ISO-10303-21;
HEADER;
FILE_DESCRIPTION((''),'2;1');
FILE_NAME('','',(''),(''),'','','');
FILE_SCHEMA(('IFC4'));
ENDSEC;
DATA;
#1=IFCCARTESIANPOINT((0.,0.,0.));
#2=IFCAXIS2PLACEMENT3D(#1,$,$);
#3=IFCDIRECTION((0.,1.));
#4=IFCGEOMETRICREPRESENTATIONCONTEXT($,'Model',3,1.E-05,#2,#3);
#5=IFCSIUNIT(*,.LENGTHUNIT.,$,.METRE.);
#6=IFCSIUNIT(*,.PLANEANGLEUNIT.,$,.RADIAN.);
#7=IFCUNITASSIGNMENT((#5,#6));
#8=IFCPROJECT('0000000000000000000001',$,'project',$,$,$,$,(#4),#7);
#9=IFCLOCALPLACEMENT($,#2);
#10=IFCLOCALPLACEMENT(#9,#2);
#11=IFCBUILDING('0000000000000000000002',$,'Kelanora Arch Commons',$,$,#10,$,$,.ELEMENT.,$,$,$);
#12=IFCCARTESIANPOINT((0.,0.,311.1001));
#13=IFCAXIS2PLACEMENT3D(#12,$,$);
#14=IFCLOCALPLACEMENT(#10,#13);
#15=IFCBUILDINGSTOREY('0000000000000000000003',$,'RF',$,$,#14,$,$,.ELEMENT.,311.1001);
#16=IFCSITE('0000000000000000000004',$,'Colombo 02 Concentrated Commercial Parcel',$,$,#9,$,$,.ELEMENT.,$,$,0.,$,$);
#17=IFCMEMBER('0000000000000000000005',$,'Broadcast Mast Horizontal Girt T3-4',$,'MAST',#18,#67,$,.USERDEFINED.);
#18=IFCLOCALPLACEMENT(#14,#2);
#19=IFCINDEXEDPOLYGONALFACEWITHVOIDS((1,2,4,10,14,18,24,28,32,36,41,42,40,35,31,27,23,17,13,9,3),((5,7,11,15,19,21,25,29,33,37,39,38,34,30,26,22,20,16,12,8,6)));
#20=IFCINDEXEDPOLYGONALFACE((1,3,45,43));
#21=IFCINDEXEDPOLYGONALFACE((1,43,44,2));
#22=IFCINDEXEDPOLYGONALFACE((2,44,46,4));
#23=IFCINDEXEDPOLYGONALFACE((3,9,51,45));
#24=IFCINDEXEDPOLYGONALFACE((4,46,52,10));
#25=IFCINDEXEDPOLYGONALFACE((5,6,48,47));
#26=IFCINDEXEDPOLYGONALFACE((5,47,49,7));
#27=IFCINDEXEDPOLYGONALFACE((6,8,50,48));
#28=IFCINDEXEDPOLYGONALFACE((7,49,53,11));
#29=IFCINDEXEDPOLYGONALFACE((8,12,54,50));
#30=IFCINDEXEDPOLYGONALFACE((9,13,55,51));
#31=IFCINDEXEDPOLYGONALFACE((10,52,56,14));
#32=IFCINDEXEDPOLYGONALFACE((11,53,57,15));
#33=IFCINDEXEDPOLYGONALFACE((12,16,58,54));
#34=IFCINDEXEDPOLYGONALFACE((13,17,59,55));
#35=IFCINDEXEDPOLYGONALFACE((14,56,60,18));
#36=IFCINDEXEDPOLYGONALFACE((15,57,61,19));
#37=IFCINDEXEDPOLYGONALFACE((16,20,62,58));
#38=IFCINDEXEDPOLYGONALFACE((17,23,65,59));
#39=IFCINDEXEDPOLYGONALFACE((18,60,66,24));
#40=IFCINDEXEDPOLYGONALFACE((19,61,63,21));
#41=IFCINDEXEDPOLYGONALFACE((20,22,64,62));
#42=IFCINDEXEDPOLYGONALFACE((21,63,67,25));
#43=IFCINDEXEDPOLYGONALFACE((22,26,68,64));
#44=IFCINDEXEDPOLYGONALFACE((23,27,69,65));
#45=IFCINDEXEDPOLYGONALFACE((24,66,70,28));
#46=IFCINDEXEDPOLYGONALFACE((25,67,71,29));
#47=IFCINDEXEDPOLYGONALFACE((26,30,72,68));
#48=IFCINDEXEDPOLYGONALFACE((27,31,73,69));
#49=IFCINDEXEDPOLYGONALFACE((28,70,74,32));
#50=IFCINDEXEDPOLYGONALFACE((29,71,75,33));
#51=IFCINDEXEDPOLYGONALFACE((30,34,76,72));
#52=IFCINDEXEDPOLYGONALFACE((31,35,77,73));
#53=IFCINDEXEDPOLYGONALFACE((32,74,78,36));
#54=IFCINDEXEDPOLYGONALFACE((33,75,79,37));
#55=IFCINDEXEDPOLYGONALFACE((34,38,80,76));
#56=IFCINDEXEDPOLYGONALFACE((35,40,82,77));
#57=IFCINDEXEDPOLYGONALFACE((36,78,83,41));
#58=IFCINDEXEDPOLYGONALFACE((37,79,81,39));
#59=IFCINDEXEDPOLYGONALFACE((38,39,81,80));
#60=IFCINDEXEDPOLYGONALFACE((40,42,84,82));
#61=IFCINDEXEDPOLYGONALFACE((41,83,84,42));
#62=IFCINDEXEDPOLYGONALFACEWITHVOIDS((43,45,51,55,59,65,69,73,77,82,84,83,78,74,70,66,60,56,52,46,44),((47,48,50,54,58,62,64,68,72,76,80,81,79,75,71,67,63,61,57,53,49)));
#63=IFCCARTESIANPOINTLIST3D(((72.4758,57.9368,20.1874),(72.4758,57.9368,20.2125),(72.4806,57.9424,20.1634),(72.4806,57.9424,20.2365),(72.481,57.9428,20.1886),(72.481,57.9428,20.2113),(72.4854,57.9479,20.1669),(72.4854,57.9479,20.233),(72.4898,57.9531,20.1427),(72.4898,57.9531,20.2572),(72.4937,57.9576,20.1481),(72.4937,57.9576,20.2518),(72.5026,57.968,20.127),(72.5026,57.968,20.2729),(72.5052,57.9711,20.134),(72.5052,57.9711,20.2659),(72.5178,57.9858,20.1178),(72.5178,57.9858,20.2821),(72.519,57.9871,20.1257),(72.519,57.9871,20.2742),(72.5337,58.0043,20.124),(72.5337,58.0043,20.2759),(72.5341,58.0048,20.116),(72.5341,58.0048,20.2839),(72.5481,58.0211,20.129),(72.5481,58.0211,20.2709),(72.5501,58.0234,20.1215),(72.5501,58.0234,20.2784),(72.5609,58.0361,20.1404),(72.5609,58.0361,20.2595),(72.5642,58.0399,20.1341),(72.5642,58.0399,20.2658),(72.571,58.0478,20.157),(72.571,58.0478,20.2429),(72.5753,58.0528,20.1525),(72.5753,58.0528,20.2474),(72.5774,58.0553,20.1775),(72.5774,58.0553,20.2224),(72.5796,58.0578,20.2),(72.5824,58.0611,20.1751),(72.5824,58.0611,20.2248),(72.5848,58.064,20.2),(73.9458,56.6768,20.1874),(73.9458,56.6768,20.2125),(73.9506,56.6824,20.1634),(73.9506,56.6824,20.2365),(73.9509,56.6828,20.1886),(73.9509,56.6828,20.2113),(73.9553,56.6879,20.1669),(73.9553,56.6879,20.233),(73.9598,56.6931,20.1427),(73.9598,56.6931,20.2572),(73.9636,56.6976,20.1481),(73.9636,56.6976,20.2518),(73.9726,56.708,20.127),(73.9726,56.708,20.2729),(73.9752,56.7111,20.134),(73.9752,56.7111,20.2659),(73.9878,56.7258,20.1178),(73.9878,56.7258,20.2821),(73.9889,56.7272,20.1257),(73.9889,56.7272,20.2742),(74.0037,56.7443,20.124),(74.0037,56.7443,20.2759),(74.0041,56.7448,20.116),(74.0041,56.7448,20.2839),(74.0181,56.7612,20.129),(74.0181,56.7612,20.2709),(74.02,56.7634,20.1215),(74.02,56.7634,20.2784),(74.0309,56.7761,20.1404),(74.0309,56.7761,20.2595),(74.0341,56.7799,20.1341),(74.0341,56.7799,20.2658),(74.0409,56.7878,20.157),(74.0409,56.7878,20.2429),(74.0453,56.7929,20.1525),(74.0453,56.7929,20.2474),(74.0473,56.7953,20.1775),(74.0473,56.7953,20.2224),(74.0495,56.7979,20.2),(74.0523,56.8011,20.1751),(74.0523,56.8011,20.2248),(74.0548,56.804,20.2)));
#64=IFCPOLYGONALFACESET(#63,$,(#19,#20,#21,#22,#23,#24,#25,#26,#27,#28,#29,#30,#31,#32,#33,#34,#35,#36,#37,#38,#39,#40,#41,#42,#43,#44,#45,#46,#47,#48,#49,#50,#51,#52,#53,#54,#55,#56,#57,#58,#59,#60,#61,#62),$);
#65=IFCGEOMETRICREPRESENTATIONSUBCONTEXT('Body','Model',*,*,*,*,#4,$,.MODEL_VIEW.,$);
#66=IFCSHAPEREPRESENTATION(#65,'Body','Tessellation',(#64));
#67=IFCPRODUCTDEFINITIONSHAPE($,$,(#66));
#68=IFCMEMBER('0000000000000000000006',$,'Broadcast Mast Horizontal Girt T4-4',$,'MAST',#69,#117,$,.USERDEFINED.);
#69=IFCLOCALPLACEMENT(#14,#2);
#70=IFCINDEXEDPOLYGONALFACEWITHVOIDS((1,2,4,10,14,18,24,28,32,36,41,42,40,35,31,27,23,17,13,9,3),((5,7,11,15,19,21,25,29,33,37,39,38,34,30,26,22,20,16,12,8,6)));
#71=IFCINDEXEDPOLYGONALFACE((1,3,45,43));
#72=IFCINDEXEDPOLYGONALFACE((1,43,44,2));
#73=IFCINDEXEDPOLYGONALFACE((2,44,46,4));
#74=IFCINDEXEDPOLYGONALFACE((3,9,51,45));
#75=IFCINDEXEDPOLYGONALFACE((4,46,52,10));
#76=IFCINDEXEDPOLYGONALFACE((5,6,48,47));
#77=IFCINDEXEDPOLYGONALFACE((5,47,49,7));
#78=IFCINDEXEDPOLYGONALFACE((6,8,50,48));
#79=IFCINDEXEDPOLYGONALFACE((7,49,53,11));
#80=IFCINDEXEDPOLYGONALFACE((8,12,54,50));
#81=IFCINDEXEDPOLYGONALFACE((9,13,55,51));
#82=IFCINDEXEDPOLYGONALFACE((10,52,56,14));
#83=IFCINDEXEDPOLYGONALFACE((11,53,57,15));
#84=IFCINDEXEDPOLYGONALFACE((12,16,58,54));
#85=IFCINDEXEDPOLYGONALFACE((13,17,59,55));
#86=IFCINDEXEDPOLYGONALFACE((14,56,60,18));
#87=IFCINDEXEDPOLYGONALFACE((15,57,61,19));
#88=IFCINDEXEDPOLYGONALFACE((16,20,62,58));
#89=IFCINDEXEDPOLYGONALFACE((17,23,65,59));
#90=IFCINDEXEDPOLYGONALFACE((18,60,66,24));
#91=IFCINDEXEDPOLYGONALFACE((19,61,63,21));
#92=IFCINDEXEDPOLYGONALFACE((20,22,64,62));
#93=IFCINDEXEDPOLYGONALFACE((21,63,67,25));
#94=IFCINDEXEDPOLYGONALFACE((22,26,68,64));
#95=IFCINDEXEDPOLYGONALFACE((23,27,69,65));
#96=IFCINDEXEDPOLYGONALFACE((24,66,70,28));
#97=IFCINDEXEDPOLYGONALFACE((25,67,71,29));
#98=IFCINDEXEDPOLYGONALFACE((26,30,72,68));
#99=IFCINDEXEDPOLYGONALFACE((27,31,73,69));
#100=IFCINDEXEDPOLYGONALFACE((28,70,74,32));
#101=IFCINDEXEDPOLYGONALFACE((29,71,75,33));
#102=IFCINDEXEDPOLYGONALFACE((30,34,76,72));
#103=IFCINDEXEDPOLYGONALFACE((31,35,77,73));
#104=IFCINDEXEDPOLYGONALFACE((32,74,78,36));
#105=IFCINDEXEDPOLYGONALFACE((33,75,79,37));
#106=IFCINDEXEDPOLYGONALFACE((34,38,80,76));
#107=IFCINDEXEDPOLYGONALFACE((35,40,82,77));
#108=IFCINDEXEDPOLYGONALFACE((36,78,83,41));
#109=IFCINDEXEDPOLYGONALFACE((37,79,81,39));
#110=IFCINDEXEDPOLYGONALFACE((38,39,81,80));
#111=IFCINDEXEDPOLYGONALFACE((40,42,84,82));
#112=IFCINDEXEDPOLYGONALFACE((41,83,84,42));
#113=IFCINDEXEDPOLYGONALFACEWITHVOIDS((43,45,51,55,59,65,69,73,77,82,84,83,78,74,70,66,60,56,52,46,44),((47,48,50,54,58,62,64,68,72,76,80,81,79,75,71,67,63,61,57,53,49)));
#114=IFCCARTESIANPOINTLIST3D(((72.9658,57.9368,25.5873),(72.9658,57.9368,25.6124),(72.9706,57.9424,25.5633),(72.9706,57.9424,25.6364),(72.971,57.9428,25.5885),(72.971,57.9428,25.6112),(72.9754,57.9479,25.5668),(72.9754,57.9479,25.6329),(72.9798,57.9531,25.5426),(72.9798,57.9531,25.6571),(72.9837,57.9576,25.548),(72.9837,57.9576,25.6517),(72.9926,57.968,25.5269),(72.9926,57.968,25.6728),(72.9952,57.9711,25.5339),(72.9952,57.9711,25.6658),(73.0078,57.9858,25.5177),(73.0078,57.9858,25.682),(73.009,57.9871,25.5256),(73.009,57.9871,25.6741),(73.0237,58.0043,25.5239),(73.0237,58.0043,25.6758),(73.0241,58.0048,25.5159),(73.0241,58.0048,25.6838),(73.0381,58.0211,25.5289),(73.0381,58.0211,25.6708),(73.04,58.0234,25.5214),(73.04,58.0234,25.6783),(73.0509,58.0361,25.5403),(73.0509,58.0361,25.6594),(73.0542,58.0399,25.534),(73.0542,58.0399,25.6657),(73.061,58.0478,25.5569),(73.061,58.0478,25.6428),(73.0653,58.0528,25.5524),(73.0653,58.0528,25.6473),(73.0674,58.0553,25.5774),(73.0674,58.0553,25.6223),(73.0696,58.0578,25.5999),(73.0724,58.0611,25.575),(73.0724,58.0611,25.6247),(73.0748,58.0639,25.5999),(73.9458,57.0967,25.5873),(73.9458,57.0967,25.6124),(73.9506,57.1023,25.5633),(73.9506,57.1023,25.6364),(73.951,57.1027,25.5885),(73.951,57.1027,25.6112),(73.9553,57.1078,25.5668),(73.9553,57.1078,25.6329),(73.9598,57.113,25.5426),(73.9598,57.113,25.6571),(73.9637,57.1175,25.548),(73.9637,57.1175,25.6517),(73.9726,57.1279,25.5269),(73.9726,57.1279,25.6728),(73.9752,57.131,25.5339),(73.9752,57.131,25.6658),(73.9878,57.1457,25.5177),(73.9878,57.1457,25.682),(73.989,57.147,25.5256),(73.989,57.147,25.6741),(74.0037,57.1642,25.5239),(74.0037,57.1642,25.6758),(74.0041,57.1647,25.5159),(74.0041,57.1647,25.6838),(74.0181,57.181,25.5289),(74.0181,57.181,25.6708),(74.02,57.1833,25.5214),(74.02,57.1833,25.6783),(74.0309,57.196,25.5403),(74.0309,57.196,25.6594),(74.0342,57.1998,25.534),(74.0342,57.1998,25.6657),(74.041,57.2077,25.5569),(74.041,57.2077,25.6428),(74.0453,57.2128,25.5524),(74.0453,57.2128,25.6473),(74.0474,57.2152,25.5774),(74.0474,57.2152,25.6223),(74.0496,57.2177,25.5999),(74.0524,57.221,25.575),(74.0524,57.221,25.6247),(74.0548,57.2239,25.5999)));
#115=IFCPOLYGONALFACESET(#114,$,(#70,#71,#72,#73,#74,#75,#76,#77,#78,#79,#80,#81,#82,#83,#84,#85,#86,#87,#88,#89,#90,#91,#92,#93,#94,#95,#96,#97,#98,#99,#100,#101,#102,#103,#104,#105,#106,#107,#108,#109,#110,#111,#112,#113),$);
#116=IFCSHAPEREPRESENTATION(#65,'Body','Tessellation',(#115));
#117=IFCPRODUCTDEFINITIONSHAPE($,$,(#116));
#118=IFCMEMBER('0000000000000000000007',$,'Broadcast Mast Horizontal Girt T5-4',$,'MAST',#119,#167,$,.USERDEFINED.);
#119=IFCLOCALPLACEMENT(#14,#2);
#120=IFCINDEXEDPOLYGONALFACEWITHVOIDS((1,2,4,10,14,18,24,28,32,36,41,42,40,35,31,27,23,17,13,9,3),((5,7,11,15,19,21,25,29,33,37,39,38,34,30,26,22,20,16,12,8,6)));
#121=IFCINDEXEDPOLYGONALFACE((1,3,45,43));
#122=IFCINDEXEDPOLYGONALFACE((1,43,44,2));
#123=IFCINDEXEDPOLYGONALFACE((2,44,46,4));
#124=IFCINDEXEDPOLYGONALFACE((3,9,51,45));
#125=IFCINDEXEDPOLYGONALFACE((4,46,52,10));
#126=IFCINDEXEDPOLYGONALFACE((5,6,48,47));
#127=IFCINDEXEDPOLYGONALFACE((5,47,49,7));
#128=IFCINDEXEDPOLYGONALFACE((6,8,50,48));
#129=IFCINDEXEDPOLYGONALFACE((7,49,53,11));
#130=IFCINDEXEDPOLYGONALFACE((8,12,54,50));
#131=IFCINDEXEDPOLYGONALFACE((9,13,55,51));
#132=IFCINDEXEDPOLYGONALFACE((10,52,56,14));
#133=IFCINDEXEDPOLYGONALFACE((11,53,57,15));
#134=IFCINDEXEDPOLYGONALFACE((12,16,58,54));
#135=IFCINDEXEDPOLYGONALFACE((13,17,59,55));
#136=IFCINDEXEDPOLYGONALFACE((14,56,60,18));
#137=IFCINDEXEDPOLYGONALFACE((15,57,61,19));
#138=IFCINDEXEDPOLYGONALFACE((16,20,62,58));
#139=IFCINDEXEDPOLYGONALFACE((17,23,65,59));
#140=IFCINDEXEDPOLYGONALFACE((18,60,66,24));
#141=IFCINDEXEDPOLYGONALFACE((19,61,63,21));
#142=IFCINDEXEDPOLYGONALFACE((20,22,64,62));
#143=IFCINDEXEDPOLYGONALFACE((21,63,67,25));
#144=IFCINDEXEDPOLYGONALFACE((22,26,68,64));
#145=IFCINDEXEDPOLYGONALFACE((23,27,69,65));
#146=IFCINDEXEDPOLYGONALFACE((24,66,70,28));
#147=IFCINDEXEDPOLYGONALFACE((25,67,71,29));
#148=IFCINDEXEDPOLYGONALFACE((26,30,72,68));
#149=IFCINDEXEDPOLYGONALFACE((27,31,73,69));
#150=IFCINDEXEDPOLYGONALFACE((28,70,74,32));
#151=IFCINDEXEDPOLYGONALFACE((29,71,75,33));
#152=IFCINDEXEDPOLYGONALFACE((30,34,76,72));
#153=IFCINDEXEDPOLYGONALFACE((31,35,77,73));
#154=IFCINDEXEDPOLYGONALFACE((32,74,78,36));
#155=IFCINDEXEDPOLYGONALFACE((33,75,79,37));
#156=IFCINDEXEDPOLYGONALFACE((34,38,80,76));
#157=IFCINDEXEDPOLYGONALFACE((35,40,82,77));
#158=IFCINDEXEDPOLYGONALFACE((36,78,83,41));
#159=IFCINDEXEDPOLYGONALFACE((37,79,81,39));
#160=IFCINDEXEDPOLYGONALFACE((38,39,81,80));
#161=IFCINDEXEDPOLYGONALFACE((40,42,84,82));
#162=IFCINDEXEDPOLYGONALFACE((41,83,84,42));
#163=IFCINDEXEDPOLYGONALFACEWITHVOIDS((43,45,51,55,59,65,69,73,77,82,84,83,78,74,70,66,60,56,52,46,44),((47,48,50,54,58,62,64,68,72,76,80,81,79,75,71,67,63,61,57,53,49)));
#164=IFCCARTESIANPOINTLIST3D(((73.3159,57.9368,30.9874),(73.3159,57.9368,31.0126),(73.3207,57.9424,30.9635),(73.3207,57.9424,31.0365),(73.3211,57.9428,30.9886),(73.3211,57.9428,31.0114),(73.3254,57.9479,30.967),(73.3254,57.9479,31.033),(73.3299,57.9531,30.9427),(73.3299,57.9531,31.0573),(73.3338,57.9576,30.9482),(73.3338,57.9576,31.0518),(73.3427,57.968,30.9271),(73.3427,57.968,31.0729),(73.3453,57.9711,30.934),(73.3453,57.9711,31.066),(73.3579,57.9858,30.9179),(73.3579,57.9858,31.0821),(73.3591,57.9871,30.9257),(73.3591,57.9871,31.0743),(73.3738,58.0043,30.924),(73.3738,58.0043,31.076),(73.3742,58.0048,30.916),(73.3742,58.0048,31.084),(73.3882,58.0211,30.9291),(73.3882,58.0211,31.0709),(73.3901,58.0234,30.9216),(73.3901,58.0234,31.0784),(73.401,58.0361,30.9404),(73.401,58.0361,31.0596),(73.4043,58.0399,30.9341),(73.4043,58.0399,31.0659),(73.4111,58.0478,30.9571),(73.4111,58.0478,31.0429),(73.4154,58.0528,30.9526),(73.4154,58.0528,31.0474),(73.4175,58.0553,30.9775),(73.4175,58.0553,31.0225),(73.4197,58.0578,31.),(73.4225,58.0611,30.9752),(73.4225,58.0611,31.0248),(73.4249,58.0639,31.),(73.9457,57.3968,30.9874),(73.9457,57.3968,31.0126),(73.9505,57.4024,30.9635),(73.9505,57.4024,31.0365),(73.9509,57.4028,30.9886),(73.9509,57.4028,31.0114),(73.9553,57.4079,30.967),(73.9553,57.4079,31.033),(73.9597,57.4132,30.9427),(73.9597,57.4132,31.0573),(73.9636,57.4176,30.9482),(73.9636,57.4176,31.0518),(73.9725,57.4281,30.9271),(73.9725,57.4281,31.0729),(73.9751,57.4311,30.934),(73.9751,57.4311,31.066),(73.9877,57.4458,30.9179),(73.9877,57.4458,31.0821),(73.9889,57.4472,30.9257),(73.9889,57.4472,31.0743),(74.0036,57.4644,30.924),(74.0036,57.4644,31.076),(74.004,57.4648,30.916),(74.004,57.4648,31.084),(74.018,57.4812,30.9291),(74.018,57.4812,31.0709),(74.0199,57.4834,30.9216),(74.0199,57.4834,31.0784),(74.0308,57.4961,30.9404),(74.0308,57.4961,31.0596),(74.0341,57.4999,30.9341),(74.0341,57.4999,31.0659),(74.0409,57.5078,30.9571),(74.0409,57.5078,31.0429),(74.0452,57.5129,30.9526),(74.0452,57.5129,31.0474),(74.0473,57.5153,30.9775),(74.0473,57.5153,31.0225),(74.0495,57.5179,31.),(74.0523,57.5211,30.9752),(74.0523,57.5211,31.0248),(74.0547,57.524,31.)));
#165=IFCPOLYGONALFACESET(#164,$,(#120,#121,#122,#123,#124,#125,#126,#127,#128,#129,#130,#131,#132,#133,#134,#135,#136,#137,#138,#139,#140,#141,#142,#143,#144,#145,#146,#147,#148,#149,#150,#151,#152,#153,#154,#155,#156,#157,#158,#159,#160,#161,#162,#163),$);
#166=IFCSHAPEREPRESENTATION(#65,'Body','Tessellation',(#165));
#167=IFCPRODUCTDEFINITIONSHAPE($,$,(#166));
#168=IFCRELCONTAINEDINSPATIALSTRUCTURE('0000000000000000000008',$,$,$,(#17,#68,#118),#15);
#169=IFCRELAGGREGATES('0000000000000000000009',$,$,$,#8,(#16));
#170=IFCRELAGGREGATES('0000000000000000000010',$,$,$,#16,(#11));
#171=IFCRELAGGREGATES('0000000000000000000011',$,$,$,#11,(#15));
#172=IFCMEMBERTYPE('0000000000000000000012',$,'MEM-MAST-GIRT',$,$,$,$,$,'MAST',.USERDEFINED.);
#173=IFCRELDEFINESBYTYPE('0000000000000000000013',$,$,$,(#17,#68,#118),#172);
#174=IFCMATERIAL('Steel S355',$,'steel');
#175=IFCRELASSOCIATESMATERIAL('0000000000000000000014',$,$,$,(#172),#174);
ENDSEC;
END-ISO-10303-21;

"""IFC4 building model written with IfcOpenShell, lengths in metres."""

from ifc_helpers import new_model, si_unit, direction, frame, origin, origin_2d, place, context, subcontext, project, spatial, hollow_circle, extrude, material, material_profile, profile_set, type_object, element, save


model = new_model("IFC4")

# Units and contexts
model_context = context("Model", 3, precision=1e-05, world=origin(), true_north=direction((0.0, 1.0)))
body_context = subcontext(model_context, "Body", "Model", "MODEL_VIEW")
ifc_project = project(units=[si_unit("LENGTHUNIT", "METRE"), si_unit("PLANEANGLEUNIT", "RADIAN")], contexts=[model_context])

# Site, building, storey
site_placement = place(None, origin())
site = spatial("IfcSite", under=ifc_project, at=site_placement, Name="Colombo 02 Concentrated Commercial Parcel", CompositionType="ELEMENT", RefElevation=0.0)
building_placement = place(site_placement, origin())
building = spatial("IfcBuilding", under=site, at=building_placement, Name="Kelanora Arch Commons", CompositionType="ELEMENT")
storey_placement = place(building_placement, frame((0.0, 0.0, 311.1001)))
storey = spatial("IfcBuildingStorey", under=building, at=storey_placement, Name="RF", CompositionType="ELEMENT", Elevation=311.1001)

# Members
ifc_material_1 = material(Name="Steel S355", Category="steel")
ifc_material_profile_1 = material_profile(ifc_material_1, hollow_circle(Radius=0.0842, WallThickness=0.0081, at=origin_2d()), Name="CHS168.3x8")
ifc_profile_set_1 = profile_set([ifc_material_profile_1], Name="Steel S355")
member_type_1 = type_object("IfcMemberType", Name="MEM-MAST-GIRT", ElementType="MAST", PredefinedType="USERDEFINED", material=ifc_profile_set_1)
member_1_placement = place(storey_placement, frame((72.53, 58.0, 20.2), z_axis=(0.759248, -0.650802, 0.0), x_axis=(0.650802, 0.759248, 0.0)))
element("IfcMember", 1, at=member_1_placement, inside=storey, type_object=member_type_1, Name="Broadcast Mast Horizontal Girt T3-4", ObjectType="MAST", PredefinedType="USERDEFINED", context=body_context, shape_type="SweptSolid", body=[
    extrude(hollow_circle(Radius=0.0842, WallThickness=0.0081, at=origin_2d()), origin(), (0.0, 0.0, 1.0), 1.936),
])
member_2_placement = place(storey_placement, frame((73.02, 58.0, 25.5999), z_axis=(0.759217, -0.650838, 0.0), x_axis=(0.650838, 0.759217, 0.0)))
element("IfcMember", 2, at=member_2_placement, inside=storey, type_object=member_type_1, Name="Broadcast Mast Horizontal Girt T4-4", ObjectType="MAST", PredefinedType="USERDEFINED", context=body_context, shape_type="SweptSolid", body=[
    extrude(hollow_circle(Radius=0.0842, WallThickness=0.0081, at=origin_2d()), origin(), (0.0, 0.0, 1.0), 1.2908),
])
member_3_placement = place(storey_placement, frame((73.3701, 58.0, 31.0), z_axis=(0.759174, -0.650888, 0.0), x_axis=(0.650888, 0.759174, 0.0)))
element("IfcMember", 3, at=member_3_placement, inside=storey, type_object=member_type_1, Name="Broadcast Mast Horizontal Girt T5-4", ObjectType="MAST", PredefinedType="USERDEFINED", context=body_context, shape_type="SweptSolid", body=[
    extrude(hollow_circle(Radius=0.0842, WallThickness=0.0081, at=origin_2d()), origin(), (0.0, 0.0, 1.0), 0.8296),
])

save(model, "model.ifc")
